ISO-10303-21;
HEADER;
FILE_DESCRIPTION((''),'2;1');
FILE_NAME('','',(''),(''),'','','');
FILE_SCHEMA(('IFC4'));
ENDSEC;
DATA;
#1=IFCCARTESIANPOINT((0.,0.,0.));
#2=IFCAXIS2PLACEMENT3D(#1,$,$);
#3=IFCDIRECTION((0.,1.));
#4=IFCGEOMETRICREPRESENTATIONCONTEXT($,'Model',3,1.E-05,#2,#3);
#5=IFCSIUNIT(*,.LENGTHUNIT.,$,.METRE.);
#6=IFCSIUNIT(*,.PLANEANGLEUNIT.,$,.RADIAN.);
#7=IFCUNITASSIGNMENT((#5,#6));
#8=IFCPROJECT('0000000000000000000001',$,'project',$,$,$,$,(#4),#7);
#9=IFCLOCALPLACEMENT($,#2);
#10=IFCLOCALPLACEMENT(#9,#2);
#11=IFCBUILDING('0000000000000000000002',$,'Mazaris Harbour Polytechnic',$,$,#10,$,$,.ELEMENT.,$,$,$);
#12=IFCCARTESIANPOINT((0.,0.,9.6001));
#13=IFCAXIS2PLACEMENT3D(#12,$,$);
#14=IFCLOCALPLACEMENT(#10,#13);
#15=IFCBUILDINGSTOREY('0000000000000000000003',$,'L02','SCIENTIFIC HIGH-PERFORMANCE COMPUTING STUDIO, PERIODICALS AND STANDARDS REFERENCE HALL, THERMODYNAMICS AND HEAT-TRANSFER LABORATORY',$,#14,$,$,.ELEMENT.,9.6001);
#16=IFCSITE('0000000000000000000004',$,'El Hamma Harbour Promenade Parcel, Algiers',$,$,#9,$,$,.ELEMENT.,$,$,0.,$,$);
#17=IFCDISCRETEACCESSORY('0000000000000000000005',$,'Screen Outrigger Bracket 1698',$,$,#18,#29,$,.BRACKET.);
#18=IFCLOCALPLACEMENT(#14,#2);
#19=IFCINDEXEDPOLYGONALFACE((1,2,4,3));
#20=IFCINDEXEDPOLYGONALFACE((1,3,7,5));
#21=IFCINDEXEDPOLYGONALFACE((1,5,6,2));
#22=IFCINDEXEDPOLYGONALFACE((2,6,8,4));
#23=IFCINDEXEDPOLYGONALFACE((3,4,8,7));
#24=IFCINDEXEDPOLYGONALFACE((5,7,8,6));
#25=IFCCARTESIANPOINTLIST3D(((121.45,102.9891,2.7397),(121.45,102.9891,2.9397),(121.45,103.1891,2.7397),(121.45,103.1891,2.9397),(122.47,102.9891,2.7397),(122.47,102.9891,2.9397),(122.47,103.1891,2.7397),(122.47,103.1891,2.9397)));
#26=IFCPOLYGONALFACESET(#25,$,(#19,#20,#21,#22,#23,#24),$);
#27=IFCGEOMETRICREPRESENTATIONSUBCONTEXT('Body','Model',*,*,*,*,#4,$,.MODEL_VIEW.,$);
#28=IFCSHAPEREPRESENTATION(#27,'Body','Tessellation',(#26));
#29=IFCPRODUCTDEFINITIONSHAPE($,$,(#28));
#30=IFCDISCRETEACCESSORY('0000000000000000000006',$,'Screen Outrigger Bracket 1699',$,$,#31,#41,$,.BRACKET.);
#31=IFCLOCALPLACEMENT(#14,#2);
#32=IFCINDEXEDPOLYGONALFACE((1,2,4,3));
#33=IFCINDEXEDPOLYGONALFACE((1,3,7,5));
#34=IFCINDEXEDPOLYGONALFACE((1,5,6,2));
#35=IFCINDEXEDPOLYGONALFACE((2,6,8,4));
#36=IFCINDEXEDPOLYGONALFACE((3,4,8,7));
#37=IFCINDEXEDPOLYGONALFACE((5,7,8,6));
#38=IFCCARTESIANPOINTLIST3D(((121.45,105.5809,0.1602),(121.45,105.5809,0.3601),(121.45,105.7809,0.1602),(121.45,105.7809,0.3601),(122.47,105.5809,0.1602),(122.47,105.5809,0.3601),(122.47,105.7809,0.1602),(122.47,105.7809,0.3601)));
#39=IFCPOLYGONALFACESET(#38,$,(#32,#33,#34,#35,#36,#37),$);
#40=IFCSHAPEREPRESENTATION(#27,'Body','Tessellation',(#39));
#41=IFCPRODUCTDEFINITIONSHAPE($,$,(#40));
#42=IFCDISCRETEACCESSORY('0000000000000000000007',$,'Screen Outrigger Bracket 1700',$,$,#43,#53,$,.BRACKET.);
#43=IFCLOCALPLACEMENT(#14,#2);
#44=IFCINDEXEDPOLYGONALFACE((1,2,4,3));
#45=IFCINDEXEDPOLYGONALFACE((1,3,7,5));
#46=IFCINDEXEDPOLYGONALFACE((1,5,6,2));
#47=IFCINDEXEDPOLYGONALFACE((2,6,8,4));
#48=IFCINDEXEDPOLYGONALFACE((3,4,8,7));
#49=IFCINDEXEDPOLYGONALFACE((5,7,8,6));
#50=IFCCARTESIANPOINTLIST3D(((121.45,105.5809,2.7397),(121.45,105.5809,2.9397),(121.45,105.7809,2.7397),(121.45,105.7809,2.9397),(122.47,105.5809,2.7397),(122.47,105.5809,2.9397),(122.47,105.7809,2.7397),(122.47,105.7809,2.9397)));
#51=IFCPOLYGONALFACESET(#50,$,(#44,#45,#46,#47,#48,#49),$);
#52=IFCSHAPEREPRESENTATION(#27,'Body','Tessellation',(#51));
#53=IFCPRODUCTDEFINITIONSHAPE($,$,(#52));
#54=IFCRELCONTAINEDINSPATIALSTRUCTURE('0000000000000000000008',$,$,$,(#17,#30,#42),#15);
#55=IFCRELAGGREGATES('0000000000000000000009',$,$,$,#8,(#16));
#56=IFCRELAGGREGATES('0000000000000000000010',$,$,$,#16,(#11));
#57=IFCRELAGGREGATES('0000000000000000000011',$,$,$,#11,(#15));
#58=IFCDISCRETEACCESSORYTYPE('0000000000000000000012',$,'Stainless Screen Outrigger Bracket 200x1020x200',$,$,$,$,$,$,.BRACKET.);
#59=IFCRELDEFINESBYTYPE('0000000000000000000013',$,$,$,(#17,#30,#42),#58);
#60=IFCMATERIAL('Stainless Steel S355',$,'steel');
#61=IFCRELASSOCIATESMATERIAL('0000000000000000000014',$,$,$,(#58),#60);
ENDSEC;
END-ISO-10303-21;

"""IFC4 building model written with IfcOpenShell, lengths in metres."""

from ifc_helpers import new_model, si_unit, direction, frame, origin, origin_2d, place, context, subcontext, project, spatial, rectangle, extrude, material, type_object, element, save


model = new_model("IFC4")

# Units and contexts
model_context = context("Model", 3, precision=1e-05, world=origin(), true_north=direction((0.0, 1.0)))
body_context = subcontext(model_context, "Body", "Model", "MODEL_VIEW")
ifc_project = project(units=[si_unit("LENGTHUNIT", "METRE"), si_unit("PLANEANGLEUNIT", "RADIAN")], contexts=[model_context])

# Site, building, storey
site_placement = place(None, origin())
site = spatial("IfcSite", under=ifc_project, at=site_placement, Name="El Hamma Harbour Promenade Parcel, Algiers", CompositionType="ELEMENT", RefElevation=0.0)
building_placement = place(site_placement, origin())
building = spatial("IfcBuilding", under=site, at=building_placement, Name="Mazaris Harbour Polytechnic", CompositionType="ELEMENT")
storey_placement = place(building_placement, frame((0.0, 0.0, 9.6001)))
storey = spatial("IfcBuildingStorey", under=building, at=storey_placement, Name="L02", Description="SCIENTIFIC HIGH-PERFORMANCE COMPUTING STUDIO, PERIODICALS AND STANDARDS REFERENCE HALL, THERMODYNAMICS AND HEAT-TRANSFER LABORATORY", CompositionType="ELEMENT", Elevation=9.6001)

# Discrete accessories
ifc_material_1 = material(Name="Stainless Steel S355", Category="steel")
discrete_accessory_type = type_object("IfcDiscreteAccessoryType", Name="Stainless Screen Outrigger Bracket 200x1020x200", PredefinedType="BRACKET", material=ifc_material_1)
for number, where, z_axis, x_axis, name in (
    (1, (121.96, 103.0891, 2.7397), (0.0, 0.0, 1.0), (0.0, 1.0, 0.0), "Screen Outrigger Bracket 1698"),
    (2, (121.96, 105.6809, 0.1602), (0.0, 0.0, 1.0), (0.0, 1.0, 0.0), "Screen Outrigger Bracket 1699"),
    (3, (121.96, 105.6809, 2.7397), (0.0, 0.0, 1.0), (0.0, 1.0, 0.0), "Screen Outrigger Bracket 1700"),
):
    element("IfcDiscreteAccessory", number, at=place(storey_placement, frame(where, z_axis=z_axis, x_axis=x_axis)), inside=storey, type_object=discrete_accessory_type, Name=name, PredefinedType="BRACKET", context=body_context, shape_type="SweptSolid", body=[
        extrude(rectangle(XDim=0.2, YDim=1.02, at=origin_2d()), origin(), (0.0, 0.0, 1.0), 0.2),
    ])

save(model, "model.ifc")
